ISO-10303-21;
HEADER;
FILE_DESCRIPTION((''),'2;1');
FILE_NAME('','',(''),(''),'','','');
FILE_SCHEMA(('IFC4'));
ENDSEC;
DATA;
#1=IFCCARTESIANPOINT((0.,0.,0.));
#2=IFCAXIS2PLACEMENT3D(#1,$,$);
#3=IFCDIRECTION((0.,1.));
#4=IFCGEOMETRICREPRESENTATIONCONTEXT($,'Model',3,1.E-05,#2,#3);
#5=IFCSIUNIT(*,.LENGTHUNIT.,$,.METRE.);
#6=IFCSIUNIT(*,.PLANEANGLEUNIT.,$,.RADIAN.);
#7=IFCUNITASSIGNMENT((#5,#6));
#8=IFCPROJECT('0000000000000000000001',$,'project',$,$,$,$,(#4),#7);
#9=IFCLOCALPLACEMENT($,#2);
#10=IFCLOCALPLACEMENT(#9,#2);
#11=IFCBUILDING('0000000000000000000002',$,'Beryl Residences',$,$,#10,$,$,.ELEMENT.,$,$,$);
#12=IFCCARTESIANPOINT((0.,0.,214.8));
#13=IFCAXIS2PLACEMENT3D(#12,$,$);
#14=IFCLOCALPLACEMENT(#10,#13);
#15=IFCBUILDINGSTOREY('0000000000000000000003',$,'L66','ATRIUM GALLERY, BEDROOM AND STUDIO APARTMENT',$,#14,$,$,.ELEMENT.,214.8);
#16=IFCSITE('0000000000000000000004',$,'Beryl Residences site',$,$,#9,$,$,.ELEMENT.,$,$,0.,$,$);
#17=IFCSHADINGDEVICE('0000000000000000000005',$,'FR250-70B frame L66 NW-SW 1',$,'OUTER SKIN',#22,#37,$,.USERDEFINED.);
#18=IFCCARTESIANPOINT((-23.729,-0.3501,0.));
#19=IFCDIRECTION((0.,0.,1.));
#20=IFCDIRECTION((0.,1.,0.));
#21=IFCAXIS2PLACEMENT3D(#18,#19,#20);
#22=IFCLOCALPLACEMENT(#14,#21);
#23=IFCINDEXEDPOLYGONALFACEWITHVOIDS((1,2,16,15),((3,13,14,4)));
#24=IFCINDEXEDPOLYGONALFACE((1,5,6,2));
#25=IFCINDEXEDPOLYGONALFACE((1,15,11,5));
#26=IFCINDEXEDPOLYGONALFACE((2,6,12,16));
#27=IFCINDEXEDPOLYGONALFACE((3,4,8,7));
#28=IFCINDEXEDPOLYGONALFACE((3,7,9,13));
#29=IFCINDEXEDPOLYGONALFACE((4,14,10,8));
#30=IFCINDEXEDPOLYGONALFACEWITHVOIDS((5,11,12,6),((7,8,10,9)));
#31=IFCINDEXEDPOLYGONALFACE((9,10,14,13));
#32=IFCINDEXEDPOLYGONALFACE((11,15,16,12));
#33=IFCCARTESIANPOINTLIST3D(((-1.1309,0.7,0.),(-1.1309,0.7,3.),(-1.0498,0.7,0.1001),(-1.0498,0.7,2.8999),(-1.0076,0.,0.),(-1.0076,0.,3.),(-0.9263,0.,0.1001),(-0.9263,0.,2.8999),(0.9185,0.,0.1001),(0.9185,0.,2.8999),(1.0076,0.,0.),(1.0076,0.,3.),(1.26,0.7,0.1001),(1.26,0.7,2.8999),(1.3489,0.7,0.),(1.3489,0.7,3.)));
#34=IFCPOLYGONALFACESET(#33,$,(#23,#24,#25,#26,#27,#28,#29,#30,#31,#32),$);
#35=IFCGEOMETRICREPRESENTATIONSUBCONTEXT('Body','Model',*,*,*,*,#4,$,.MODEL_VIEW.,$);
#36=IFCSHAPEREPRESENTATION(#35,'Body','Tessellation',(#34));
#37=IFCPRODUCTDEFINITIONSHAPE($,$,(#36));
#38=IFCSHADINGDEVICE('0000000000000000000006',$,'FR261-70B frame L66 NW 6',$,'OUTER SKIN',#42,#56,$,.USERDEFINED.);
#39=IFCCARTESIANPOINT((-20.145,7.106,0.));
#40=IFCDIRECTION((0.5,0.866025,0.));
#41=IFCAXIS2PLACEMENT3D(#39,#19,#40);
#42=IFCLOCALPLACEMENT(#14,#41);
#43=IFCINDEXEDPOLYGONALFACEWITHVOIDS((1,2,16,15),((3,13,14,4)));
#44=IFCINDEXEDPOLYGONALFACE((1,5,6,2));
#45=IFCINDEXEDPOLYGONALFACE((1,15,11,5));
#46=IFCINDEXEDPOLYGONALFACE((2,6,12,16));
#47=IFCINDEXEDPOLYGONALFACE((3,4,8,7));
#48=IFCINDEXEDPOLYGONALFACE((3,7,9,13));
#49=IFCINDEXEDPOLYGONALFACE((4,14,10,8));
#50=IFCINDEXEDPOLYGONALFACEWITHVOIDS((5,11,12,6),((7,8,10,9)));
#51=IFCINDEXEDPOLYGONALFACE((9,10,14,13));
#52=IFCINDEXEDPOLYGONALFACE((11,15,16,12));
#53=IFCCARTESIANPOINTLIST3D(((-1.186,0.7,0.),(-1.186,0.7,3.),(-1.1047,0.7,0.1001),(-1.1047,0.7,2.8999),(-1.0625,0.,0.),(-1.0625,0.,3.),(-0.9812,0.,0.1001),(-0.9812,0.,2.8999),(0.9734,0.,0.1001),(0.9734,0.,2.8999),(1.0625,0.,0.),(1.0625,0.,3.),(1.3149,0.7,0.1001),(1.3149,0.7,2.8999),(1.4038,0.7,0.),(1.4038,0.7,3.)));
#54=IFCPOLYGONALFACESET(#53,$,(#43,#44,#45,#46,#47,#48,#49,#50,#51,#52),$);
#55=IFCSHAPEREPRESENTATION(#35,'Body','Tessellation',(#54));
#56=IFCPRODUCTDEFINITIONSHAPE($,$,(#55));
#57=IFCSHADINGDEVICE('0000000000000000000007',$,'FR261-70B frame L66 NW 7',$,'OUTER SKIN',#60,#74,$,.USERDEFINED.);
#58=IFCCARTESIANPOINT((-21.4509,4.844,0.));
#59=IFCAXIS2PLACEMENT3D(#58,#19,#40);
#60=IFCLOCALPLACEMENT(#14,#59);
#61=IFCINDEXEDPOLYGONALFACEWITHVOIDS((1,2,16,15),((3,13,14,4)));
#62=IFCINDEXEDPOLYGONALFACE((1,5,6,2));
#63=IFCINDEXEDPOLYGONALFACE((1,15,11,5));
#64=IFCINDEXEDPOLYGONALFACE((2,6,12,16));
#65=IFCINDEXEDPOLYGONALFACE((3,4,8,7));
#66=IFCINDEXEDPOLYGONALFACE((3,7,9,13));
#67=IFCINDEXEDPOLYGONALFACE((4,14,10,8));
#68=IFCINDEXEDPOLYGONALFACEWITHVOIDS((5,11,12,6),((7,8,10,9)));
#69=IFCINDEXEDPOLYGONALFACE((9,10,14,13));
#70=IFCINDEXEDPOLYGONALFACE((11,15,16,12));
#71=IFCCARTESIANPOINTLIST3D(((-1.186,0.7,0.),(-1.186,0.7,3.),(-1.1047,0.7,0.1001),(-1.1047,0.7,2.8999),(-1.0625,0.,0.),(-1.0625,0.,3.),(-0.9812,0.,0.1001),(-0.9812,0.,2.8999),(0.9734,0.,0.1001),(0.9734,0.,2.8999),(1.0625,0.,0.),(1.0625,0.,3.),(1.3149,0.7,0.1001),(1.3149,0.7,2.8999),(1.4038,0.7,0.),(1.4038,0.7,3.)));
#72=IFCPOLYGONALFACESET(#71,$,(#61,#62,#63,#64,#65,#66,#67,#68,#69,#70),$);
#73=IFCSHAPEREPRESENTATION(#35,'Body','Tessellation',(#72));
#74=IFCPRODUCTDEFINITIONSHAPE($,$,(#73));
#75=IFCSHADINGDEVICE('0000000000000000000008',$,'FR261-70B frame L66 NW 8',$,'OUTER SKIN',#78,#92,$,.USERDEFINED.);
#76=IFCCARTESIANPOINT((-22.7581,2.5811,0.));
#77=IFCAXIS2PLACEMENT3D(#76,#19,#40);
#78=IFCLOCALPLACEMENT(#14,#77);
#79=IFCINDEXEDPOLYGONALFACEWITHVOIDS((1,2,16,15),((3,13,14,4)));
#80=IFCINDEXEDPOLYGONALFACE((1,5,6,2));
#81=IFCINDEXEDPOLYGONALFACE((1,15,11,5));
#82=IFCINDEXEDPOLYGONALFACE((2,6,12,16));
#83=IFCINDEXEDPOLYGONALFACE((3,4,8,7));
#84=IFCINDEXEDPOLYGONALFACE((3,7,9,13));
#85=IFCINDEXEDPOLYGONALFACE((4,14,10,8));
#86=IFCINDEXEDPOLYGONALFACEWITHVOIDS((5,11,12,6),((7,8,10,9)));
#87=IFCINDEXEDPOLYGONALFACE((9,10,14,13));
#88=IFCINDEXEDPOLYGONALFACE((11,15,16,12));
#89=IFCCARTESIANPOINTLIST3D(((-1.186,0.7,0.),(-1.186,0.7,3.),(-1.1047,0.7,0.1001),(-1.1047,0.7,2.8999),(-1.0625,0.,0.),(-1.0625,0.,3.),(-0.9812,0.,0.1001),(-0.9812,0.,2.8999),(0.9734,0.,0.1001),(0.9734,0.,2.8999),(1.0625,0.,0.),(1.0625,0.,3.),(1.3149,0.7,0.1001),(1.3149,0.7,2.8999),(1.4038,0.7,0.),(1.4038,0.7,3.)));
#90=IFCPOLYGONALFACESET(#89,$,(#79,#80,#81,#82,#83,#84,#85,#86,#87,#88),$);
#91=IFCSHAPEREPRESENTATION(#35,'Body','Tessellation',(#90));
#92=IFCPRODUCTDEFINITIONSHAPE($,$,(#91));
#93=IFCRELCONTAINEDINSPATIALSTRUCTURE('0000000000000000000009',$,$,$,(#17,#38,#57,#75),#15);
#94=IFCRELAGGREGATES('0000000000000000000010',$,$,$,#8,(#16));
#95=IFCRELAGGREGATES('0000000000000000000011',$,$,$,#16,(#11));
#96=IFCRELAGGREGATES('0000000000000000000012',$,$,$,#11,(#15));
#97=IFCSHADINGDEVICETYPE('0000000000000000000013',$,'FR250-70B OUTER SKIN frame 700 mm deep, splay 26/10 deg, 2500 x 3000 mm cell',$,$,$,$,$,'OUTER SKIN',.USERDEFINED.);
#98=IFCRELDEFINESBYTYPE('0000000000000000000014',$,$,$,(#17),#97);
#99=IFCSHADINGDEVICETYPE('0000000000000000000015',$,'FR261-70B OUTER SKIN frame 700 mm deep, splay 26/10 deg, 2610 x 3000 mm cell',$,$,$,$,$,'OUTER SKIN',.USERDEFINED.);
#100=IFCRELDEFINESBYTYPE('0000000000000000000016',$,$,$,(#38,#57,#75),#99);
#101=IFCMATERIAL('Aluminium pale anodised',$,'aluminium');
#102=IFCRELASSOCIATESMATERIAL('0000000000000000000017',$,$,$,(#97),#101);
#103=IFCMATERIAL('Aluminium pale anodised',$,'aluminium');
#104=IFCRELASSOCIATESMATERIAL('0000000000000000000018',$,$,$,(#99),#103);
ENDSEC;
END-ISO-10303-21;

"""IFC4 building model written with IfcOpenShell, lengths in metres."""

from ifc_helpers import new_model, entity, si_unit, direction, frame, origin, place, context, subcontext, project, spatial, source, transform, mapped, material, type_object, type_shapes, element, save


model = new_model("IFC4")

# Units and contexts
model_context = context("Model", 3, precision=1e-05, world=origin(), true_north=direction((0.0, 1.0)))
body_context = subcontext(model_context, "Body", "Model", "MODEL_VIEW")
ifc_project = project(units=[si_unit("LENGTHUNIT", "METRE"), si_unit("PLANEANGLEUNIT", "RADIAN")], contexts=[model_context])

# Site, building, storey
site_placement = place(None, origin())
site = spatial("IfcSite", under=ifc_project, at=site_placement, Name="Beryl Residences site", CompositionType="ELEMENT", RefElevation=0.0)
building_placement = place(site_placement, origin())
building = spatial("IfcBuilding", under=site, at=building_placement, Name="Beryl Residences", CompositionType="ELEMENT")
storey_placement = place(building_placement, frame((0.0, 0.0, 214.8)))
storey = spatial("IfcBuildingStorey", under=building, at=storey_placement, Name="L66", Description="ATRIUM GALLERY, BEDROOM AND STUDIO APARTMENT", CompositionType="ELEMENT", Elevation=214.8)

# Shading devices
ifc_material_1 = material(Name="Aluminium pale anodised", Category="aluminium")
shading_device_type_1 = type_object("IfcShadingDeviceType", Name="FR250-70B OUTER SKIN frame 700 mm deep, splay 26/10 deg, 2500 x 3000 mm cell", ElementType="OUTER SKIN", PredefinedType="USERDEFINED", material=ifc_material_1)
cartesian_point_1 = entity("IfcCartesianPoint", [-1.0076, 0.0])
cartesian_point_2 = entity("IfcCartesianPoint", [-0.9185, 0.1001])
cartesian_point_3 = entity("IfcCartesianPoint", [-1.3489, 0.0])
cartesian_point_4 = entity("IfcCartesianPoint", [-1.26, 0.1001])
shared_shape_1 = source(origin(), body_context, "Body", "SweptSolid", [
    entity("IfcExtrudedAreaSolidTapered", entity("IfcArbitraryProfileDefWithVoids", "AREA", None, entity("IfcPolyline", [cartesian_point_1, entity("IfcCartesianPoint", [1.0076, 0.0]), entity("IfcCartesianPoint", [1.0076, 3.0]), entity("IfcCartesianPoint", [-1.0076, 3.0]), cartesian_point_1]), [entity("IfcPolyline", [cartesian_point_2, entity("IfcCartesianPoint", [0.9263, 0.1001]), entity("IfcCartesianPoint", [0.9263, 2.8999]), entity("IfcCartesianPoint", [-0.9185, 2.8999]), cartesian_point_2])]), entity("IfcAxis2Placement3D", entity("IfcCartesianPoint", [0.0, 0.0, 0.0]), entity("IfcDirection", [0.0, 1.0, 0.0]), entity("IfcDirection", [-1.0, 0.0, 0.0])), entity("IfcDirection", [0.0, 0.0, 1.0]), 0.7, entity("IfcArbitraryProfileDefWithVoids", "AREA", None, entity("IfcPolyline", [cartesian_point_3, entity("IfcCartesianPoint", [1.1309, 0.0]), entity("IfcCartesianPoint", [1.1309, 3.0]), entity("IfcCartesianPoint", [-1.3489, 3.0]), cartesian_point_3]), [entity("IfcPolyline", [cartesian_point_4, entity("IfcCartesianPoint", [1.0498, 0.1001]), entity("IfcCartesianPoint", [1.0498, 2.8999]), entity("IfcCartesianPoint", [-1.26, 2.8999]), cartesian_point_4])])),
])
type_shapes(shading_device_type_1, [shared_shape_1])
shading_device_placement = place(storey_placement, frame((-23.729, -0.3501, 0.0), z_axis=(0.0, 0.0, 1.0), x_axis=(0.0, 1.0, 0.0)))
element("IfcShadingDevice", 1, at=shading_device_placement, inside=storey, type_object=shading_device_type_1, Name="FR250-70B frame L66 NW-SW 1", ObjectType="OUTER SKIN", PredefinedType="USERDEFINED", context=body_context, shape_type="MappedRepresentation", body=[
    mapped(shared_shape_1, transform((0.0, 0.0, 0.0))),
])
ifc_material_2 = material(Name="Aluminium pale anodised", Category="aluminium")
shading_device_type_2 = type_object("IfcShadingDeviceType", Name="FR261-70B OUTER SKIN frame 700 mm deep, splay 26/10 deg, 2610 x 3000 mm cell", ElementType="OUTER SKIN", PredefinedType="USERDEFINED", material=ifc_material_2)
cartesian_point_5 = entity("IfcCartesianPoint", [-1.0625, 0.0])
cartesian_point_6 = entity("IfcCartesianPoint", [-0.9734, 0.1001])
cartesian_point_7 = entity("IfcCartesianPoint", [-1.4038, 0.0])
cartesian_point_8 = entity("IfcCartesianPoint", [-1.3149, 0.1001])
shared_shape_2 = source(origin(), body_context, "Body", "SweptSolid", [
    entity("IfcExtrudedAreaSolidTapered", entity("IfcArbitraryProfileDefWithVoids", "AREA", None, entity("IfcPolyline", [cartesian_point_5, entity("IfcCartesianPoint", [1.0625, 0.0]), entity("IfcCartesianPoint", [1.0625, 3.0]), entity("IfcCartesianPoint", [-1.0625, 3.0]), cartesian_point_5]), [entity("IfcPolyline", [cartesian_point_6, entity("IfcCartesianPoint", [0.9812, 0.1001]), entity("IfcCartesianPoint", [0.9812, 2.8999]), entity("IfcCartesianPoint", [-0.9734, 2.8999]), cartesian_point_6])]), entity("IfcAxis2Placement3D", entity("IfcCartesianPoint", [0.0, 0.0, 0.0]), entity("IfcDirection", [0.0, 1.0, 0.0]), entity("IfcDirection", [-1.0, 0.0, 0.0])), entity("IfcDirection", [0.0, 0.0, 1.0]), 0.7, entity("IfcArbitraryProfileDefWithVoids", "AREA", None, entity("IfcPolyline", [cartesian_point_7, entity("IfcCartesianPoint", [1.186, 0.0]), entity("IfcCartesianPoint", [1.186, 3.0]), entity("IfcCartesianPoint", [-1.4038, 3.0]), cartesian_point_7]), [entity("IfcPolyline", [cartesian_point_8, entity("IfcCartesianPoint", [1.1047, 0.1001]), entity("IfcCartesianPoint", [1.1047, 2.8999]), entity("IfcCartesianPoint", [-1.3149, 2.8999]), cartesian_point_8])])),
])
type_shapes(shading_device_type_2, [shared_shape_2])
for number, where, z_axis, x_axis, name in (
    (2, (-20.145, 7.106, 0.0), (0.0, 0.0, 1.0), (0.5, 0.866025, 0.0), "FR261-70B frame L66 NW 6"),
    (3, (-21.4509, 4.844, 0.0), (0.0, 0.0, 1.0), (0.5, 0.866025, 0.0), "FR261-70B frame L66 NW 7"),
    (4, (-22.7581, 2.5811, 0.0), (0.0, 0.0, 1.0), (0.5, 0.866025, 0.0), "FR261-70B frame L66 NW 8"),
):
    element("IfcShadingDevice", number, at=place(storey_placement, frame(where, z_axis=z_axis, x_axis=x_axis)), inside=storey, type_object=shading_device_type_2, Name=name, ObjectType="OUTER SKIN", PredefinedType="USERDEFINED", context=body_context, shape_type="MappedRepresentation", body=[
        mapped(shared_shape_2, transform((0.0, 0.0, 0.0))),
    ])

save(model, "model.ifc")
